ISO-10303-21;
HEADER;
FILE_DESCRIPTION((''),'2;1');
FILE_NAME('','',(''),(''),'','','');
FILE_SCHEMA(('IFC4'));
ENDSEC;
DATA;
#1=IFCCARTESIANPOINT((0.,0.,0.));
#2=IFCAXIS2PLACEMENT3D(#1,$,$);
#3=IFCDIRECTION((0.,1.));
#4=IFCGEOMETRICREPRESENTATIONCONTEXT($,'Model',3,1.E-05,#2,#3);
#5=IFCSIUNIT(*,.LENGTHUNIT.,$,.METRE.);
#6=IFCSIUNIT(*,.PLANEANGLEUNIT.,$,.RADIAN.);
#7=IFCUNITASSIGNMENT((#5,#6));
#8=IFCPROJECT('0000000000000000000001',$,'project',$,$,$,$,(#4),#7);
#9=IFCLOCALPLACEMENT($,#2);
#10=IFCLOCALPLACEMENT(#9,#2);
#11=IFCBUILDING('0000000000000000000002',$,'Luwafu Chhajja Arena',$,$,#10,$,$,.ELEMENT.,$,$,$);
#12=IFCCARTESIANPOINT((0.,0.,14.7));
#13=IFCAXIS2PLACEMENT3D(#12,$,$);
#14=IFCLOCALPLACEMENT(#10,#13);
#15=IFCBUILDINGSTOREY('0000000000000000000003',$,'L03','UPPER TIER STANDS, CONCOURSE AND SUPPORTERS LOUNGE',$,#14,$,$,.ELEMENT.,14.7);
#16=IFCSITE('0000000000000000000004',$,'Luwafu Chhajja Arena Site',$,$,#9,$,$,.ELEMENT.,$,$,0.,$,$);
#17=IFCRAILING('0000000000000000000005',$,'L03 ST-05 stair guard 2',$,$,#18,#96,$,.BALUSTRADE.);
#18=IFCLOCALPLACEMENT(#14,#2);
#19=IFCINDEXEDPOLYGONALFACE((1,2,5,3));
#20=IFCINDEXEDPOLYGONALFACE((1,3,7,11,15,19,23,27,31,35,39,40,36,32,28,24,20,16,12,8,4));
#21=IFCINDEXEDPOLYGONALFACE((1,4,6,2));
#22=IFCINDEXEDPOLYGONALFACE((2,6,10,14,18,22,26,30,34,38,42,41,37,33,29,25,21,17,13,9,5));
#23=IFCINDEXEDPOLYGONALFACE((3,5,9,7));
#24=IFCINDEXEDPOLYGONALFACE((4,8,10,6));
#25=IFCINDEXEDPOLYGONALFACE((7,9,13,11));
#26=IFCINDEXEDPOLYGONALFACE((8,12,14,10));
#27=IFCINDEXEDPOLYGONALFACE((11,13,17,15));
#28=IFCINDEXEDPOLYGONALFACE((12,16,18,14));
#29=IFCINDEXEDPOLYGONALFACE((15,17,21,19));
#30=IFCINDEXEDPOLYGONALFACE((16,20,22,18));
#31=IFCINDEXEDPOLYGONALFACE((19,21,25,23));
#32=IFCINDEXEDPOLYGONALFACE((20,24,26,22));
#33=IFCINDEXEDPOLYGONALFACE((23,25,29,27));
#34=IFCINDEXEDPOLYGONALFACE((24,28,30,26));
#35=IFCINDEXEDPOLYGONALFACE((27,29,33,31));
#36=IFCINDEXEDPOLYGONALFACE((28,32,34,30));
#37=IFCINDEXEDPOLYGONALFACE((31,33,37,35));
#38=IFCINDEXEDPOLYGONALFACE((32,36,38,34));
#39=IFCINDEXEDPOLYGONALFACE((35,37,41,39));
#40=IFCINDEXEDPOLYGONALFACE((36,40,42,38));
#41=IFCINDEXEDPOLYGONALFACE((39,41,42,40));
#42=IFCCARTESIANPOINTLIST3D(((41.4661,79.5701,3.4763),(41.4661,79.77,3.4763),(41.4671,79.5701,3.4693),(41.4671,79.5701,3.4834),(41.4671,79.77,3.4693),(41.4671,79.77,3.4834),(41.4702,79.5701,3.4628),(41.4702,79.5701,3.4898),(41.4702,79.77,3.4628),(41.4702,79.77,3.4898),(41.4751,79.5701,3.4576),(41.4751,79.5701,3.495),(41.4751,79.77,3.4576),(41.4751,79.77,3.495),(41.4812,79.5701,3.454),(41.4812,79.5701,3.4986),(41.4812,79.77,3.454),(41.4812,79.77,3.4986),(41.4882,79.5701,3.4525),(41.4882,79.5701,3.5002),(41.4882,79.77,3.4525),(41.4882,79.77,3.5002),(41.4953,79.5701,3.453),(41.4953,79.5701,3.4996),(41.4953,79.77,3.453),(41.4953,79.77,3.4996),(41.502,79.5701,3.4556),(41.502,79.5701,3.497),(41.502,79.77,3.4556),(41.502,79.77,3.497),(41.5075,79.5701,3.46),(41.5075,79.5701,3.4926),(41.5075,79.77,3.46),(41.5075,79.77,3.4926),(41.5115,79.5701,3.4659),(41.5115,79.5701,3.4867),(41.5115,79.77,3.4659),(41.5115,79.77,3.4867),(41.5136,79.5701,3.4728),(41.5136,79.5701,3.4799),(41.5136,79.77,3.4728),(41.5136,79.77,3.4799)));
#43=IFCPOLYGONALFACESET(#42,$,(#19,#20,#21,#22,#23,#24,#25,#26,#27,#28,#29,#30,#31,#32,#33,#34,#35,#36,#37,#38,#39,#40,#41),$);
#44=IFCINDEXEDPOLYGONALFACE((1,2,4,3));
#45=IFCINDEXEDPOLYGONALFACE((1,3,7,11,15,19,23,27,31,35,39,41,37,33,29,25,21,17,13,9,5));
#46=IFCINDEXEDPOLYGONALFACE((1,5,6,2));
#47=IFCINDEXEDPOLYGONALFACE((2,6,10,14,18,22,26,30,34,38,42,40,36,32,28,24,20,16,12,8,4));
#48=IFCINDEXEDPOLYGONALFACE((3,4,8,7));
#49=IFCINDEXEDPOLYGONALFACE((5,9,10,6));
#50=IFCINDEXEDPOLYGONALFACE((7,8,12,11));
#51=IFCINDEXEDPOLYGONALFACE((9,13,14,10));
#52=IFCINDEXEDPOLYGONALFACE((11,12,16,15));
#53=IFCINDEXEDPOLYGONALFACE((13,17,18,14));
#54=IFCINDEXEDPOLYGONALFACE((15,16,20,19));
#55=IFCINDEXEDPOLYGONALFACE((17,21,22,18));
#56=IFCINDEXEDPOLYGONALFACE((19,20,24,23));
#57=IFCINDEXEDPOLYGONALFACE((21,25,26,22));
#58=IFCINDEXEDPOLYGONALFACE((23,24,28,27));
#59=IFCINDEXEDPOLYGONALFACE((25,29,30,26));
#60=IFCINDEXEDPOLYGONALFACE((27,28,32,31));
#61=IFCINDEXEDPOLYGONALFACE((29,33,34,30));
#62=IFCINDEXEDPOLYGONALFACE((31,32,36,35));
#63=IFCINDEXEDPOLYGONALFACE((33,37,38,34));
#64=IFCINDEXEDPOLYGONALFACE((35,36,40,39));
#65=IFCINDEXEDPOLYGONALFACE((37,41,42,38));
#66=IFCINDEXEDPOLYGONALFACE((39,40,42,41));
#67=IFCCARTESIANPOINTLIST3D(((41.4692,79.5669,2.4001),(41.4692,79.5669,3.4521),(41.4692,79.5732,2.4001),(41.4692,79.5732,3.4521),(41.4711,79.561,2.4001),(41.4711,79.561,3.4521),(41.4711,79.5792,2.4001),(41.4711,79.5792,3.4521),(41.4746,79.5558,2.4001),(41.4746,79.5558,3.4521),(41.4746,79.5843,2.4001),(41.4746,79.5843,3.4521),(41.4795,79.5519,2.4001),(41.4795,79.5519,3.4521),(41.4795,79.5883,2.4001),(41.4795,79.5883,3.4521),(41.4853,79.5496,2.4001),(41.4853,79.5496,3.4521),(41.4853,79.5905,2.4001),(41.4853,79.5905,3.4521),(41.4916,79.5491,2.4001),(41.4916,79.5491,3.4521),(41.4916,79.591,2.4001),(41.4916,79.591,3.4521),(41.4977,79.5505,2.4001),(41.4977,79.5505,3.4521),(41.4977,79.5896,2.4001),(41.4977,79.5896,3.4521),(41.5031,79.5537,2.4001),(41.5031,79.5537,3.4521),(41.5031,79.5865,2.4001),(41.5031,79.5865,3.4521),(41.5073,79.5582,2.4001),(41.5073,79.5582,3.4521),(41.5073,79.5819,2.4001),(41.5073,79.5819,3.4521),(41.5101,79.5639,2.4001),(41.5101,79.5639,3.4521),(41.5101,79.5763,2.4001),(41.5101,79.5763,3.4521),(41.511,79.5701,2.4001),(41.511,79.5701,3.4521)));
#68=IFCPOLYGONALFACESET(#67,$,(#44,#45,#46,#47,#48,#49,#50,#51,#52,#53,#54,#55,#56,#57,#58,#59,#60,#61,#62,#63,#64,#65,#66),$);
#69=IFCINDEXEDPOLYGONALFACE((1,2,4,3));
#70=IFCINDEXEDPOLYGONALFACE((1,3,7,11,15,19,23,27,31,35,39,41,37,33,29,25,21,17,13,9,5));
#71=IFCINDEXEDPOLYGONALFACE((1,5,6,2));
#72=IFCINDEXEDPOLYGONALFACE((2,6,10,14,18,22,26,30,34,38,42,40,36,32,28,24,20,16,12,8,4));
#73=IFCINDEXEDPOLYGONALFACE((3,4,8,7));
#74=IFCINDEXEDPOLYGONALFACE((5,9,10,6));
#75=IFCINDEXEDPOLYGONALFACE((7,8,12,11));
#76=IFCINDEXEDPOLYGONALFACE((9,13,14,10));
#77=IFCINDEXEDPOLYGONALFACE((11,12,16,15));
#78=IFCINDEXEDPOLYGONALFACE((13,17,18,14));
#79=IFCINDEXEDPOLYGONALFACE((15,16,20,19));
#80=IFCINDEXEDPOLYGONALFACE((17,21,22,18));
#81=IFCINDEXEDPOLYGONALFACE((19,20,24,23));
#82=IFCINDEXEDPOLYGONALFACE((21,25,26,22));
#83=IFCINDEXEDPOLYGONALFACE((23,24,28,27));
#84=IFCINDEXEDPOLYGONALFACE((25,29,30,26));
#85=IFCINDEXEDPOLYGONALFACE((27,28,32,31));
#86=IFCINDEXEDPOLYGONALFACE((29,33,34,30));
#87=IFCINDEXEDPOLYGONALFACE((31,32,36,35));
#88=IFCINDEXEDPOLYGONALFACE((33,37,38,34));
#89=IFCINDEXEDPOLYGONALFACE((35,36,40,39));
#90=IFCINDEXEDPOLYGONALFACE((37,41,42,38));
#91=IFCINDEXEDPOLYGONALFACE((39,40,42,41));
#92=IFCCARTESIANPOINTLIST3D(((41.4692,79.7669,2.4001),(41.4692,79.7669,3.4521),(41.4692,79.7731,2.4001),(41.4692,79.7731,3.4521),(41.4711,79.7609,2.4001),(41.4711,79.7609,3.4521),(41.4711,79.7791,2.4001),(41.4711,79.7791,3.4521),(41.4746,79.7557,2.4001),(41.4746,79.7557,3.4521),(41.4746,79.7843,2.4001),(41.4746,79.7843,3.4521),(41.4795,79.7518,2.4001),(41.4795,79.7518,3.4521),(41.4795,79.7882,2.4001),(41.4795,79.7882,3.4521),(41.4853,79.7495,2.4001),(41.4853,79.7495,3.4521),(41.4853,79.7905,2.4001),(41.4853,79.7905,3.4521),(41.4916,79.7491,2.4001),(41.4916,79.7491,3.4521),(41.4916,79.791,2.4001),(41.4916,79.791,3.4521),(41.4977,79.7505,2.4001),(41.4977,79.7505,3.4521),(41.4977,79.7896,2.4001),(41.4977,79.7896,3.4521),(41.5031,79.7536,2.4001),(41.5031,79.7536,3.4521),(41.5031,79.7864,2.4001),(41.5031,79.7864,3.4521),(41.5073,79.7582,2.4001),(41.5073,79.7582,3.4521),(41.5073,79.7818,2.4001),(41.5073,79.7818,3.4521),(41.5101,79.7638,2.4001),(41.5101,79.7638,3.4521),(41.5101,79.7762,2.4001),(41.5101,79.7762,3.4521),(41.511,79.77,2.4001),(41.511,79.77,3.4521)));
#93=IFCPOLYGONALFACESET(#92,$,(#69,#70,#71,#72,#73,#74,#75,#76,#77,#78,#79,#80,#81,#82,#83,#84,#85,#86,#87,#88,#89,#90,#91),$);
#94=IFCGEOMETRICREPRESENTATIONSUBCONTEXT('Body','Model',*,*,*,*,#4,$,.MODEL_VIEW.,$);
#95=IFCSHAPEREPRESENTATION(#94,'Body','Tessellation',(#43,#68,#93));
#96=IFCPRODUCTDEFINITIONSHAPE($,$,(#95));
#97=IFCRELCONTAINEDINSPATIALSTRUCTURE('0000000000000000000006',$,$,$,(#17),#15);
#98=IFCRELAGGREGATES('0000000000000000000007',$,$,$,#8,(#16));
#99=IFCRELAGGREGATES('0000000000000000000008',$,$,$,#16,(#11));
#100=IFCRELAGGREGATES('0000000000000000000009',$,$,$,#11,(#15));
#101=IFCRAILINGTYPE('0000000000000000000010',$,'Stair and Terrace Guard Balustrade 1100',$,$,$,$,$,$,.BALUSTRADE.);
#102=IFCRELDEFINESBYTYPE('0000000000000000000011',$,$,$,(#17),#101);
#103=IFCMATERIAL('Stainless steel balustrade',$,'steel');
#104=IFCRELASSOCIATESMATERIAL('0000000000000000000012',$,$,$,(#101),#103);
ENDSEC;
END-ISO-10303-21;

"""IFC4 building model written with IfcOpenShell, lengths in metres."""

from ifc_helpers import new_model, si_unit, direction, frame, origin, origin_2d, place, context, subcontext, project, spatial, circle, extrude, material, type_object, element, save


model = new_model("IFC4")

# Units and contexts
model_context = context("Model", 3, precision=1e-05, world=origin(), true_north=direction((0.0, 1.0)))
body_context = subcontext(model_context, "Body", "Model", "MODEL_VIEW")
ifc_project = project(units=[si_unit("LENGTHUNIT", "METRE"), si_unit("PLANEANGLEUNIT", "RADIAN")], contexts=[model_context])

# Site, building, storey
site_placement = place(None, origin())
site = spatial("IfcSite", under=ifc_project, at=site_placement, Name="Luwafu Chhajja Arena Site", CompositionType="ELEMENT", RefElevation=0.0)
building_placement = place(site_placement, origin())
building = spatial("IfcBuilding", under=site, at=building_placement, Name="Luwafu Chhajja Arena", CompositionType="ELEMENT")
storey_placement = place(building_placement, frame((0.0, 0.0, 14.7)))
storey = spatial("IfcBuildingStorey", under=building, at=storey_placement, Name="L03", Description="UPPER TIER STANDS, CONCOURSE AND SUPPORTERS LOUNGE", CompositionType="ELEMENT", Elevation=14.7)

# Railing
ifc_material_1 = material(Name="Stainless steel balustrade", Category="steel")
railing_type_1 = type_object("IfcRailingType", Name="Stair and Terrace Guard Balustrade 1100", PredefinedType="BALUSTRADE", material=ifc_material_1)
railing_1_placement = place(storey_placement, frame((41.49, 79.5701, 2.4001)))
element("IfcRailing", 1, at=railing_1_placement, inside=storey, type_object=railing_type_1, Name="L03 ST-05 stair guard 2", PredefinedType="BALUSTRADE", context=body_context, shape_type="SweptSolid", body=[
    extrude(circle(Radius=0.0239, at=origin_2d()), frame((0.0, 0.0, 1.0762), z_axis=(0.0, 1.0, 0.0), x_axis=(-1.0, 0.0, 0.0)), (0.0, 0.0, 1.0), 0.2),
    extrude(circle(Radius=0.021, at=origin_2d()), origin(), (0.0, 0.0, 1.0), 1.052),
    extrude(circle(Radius=0.021, at=origin_2d()), frame((0.0, 0.2, 0.0)), (0.0, 0.0, 1.0), 1.052),
])

save(model, "model.ifc")
